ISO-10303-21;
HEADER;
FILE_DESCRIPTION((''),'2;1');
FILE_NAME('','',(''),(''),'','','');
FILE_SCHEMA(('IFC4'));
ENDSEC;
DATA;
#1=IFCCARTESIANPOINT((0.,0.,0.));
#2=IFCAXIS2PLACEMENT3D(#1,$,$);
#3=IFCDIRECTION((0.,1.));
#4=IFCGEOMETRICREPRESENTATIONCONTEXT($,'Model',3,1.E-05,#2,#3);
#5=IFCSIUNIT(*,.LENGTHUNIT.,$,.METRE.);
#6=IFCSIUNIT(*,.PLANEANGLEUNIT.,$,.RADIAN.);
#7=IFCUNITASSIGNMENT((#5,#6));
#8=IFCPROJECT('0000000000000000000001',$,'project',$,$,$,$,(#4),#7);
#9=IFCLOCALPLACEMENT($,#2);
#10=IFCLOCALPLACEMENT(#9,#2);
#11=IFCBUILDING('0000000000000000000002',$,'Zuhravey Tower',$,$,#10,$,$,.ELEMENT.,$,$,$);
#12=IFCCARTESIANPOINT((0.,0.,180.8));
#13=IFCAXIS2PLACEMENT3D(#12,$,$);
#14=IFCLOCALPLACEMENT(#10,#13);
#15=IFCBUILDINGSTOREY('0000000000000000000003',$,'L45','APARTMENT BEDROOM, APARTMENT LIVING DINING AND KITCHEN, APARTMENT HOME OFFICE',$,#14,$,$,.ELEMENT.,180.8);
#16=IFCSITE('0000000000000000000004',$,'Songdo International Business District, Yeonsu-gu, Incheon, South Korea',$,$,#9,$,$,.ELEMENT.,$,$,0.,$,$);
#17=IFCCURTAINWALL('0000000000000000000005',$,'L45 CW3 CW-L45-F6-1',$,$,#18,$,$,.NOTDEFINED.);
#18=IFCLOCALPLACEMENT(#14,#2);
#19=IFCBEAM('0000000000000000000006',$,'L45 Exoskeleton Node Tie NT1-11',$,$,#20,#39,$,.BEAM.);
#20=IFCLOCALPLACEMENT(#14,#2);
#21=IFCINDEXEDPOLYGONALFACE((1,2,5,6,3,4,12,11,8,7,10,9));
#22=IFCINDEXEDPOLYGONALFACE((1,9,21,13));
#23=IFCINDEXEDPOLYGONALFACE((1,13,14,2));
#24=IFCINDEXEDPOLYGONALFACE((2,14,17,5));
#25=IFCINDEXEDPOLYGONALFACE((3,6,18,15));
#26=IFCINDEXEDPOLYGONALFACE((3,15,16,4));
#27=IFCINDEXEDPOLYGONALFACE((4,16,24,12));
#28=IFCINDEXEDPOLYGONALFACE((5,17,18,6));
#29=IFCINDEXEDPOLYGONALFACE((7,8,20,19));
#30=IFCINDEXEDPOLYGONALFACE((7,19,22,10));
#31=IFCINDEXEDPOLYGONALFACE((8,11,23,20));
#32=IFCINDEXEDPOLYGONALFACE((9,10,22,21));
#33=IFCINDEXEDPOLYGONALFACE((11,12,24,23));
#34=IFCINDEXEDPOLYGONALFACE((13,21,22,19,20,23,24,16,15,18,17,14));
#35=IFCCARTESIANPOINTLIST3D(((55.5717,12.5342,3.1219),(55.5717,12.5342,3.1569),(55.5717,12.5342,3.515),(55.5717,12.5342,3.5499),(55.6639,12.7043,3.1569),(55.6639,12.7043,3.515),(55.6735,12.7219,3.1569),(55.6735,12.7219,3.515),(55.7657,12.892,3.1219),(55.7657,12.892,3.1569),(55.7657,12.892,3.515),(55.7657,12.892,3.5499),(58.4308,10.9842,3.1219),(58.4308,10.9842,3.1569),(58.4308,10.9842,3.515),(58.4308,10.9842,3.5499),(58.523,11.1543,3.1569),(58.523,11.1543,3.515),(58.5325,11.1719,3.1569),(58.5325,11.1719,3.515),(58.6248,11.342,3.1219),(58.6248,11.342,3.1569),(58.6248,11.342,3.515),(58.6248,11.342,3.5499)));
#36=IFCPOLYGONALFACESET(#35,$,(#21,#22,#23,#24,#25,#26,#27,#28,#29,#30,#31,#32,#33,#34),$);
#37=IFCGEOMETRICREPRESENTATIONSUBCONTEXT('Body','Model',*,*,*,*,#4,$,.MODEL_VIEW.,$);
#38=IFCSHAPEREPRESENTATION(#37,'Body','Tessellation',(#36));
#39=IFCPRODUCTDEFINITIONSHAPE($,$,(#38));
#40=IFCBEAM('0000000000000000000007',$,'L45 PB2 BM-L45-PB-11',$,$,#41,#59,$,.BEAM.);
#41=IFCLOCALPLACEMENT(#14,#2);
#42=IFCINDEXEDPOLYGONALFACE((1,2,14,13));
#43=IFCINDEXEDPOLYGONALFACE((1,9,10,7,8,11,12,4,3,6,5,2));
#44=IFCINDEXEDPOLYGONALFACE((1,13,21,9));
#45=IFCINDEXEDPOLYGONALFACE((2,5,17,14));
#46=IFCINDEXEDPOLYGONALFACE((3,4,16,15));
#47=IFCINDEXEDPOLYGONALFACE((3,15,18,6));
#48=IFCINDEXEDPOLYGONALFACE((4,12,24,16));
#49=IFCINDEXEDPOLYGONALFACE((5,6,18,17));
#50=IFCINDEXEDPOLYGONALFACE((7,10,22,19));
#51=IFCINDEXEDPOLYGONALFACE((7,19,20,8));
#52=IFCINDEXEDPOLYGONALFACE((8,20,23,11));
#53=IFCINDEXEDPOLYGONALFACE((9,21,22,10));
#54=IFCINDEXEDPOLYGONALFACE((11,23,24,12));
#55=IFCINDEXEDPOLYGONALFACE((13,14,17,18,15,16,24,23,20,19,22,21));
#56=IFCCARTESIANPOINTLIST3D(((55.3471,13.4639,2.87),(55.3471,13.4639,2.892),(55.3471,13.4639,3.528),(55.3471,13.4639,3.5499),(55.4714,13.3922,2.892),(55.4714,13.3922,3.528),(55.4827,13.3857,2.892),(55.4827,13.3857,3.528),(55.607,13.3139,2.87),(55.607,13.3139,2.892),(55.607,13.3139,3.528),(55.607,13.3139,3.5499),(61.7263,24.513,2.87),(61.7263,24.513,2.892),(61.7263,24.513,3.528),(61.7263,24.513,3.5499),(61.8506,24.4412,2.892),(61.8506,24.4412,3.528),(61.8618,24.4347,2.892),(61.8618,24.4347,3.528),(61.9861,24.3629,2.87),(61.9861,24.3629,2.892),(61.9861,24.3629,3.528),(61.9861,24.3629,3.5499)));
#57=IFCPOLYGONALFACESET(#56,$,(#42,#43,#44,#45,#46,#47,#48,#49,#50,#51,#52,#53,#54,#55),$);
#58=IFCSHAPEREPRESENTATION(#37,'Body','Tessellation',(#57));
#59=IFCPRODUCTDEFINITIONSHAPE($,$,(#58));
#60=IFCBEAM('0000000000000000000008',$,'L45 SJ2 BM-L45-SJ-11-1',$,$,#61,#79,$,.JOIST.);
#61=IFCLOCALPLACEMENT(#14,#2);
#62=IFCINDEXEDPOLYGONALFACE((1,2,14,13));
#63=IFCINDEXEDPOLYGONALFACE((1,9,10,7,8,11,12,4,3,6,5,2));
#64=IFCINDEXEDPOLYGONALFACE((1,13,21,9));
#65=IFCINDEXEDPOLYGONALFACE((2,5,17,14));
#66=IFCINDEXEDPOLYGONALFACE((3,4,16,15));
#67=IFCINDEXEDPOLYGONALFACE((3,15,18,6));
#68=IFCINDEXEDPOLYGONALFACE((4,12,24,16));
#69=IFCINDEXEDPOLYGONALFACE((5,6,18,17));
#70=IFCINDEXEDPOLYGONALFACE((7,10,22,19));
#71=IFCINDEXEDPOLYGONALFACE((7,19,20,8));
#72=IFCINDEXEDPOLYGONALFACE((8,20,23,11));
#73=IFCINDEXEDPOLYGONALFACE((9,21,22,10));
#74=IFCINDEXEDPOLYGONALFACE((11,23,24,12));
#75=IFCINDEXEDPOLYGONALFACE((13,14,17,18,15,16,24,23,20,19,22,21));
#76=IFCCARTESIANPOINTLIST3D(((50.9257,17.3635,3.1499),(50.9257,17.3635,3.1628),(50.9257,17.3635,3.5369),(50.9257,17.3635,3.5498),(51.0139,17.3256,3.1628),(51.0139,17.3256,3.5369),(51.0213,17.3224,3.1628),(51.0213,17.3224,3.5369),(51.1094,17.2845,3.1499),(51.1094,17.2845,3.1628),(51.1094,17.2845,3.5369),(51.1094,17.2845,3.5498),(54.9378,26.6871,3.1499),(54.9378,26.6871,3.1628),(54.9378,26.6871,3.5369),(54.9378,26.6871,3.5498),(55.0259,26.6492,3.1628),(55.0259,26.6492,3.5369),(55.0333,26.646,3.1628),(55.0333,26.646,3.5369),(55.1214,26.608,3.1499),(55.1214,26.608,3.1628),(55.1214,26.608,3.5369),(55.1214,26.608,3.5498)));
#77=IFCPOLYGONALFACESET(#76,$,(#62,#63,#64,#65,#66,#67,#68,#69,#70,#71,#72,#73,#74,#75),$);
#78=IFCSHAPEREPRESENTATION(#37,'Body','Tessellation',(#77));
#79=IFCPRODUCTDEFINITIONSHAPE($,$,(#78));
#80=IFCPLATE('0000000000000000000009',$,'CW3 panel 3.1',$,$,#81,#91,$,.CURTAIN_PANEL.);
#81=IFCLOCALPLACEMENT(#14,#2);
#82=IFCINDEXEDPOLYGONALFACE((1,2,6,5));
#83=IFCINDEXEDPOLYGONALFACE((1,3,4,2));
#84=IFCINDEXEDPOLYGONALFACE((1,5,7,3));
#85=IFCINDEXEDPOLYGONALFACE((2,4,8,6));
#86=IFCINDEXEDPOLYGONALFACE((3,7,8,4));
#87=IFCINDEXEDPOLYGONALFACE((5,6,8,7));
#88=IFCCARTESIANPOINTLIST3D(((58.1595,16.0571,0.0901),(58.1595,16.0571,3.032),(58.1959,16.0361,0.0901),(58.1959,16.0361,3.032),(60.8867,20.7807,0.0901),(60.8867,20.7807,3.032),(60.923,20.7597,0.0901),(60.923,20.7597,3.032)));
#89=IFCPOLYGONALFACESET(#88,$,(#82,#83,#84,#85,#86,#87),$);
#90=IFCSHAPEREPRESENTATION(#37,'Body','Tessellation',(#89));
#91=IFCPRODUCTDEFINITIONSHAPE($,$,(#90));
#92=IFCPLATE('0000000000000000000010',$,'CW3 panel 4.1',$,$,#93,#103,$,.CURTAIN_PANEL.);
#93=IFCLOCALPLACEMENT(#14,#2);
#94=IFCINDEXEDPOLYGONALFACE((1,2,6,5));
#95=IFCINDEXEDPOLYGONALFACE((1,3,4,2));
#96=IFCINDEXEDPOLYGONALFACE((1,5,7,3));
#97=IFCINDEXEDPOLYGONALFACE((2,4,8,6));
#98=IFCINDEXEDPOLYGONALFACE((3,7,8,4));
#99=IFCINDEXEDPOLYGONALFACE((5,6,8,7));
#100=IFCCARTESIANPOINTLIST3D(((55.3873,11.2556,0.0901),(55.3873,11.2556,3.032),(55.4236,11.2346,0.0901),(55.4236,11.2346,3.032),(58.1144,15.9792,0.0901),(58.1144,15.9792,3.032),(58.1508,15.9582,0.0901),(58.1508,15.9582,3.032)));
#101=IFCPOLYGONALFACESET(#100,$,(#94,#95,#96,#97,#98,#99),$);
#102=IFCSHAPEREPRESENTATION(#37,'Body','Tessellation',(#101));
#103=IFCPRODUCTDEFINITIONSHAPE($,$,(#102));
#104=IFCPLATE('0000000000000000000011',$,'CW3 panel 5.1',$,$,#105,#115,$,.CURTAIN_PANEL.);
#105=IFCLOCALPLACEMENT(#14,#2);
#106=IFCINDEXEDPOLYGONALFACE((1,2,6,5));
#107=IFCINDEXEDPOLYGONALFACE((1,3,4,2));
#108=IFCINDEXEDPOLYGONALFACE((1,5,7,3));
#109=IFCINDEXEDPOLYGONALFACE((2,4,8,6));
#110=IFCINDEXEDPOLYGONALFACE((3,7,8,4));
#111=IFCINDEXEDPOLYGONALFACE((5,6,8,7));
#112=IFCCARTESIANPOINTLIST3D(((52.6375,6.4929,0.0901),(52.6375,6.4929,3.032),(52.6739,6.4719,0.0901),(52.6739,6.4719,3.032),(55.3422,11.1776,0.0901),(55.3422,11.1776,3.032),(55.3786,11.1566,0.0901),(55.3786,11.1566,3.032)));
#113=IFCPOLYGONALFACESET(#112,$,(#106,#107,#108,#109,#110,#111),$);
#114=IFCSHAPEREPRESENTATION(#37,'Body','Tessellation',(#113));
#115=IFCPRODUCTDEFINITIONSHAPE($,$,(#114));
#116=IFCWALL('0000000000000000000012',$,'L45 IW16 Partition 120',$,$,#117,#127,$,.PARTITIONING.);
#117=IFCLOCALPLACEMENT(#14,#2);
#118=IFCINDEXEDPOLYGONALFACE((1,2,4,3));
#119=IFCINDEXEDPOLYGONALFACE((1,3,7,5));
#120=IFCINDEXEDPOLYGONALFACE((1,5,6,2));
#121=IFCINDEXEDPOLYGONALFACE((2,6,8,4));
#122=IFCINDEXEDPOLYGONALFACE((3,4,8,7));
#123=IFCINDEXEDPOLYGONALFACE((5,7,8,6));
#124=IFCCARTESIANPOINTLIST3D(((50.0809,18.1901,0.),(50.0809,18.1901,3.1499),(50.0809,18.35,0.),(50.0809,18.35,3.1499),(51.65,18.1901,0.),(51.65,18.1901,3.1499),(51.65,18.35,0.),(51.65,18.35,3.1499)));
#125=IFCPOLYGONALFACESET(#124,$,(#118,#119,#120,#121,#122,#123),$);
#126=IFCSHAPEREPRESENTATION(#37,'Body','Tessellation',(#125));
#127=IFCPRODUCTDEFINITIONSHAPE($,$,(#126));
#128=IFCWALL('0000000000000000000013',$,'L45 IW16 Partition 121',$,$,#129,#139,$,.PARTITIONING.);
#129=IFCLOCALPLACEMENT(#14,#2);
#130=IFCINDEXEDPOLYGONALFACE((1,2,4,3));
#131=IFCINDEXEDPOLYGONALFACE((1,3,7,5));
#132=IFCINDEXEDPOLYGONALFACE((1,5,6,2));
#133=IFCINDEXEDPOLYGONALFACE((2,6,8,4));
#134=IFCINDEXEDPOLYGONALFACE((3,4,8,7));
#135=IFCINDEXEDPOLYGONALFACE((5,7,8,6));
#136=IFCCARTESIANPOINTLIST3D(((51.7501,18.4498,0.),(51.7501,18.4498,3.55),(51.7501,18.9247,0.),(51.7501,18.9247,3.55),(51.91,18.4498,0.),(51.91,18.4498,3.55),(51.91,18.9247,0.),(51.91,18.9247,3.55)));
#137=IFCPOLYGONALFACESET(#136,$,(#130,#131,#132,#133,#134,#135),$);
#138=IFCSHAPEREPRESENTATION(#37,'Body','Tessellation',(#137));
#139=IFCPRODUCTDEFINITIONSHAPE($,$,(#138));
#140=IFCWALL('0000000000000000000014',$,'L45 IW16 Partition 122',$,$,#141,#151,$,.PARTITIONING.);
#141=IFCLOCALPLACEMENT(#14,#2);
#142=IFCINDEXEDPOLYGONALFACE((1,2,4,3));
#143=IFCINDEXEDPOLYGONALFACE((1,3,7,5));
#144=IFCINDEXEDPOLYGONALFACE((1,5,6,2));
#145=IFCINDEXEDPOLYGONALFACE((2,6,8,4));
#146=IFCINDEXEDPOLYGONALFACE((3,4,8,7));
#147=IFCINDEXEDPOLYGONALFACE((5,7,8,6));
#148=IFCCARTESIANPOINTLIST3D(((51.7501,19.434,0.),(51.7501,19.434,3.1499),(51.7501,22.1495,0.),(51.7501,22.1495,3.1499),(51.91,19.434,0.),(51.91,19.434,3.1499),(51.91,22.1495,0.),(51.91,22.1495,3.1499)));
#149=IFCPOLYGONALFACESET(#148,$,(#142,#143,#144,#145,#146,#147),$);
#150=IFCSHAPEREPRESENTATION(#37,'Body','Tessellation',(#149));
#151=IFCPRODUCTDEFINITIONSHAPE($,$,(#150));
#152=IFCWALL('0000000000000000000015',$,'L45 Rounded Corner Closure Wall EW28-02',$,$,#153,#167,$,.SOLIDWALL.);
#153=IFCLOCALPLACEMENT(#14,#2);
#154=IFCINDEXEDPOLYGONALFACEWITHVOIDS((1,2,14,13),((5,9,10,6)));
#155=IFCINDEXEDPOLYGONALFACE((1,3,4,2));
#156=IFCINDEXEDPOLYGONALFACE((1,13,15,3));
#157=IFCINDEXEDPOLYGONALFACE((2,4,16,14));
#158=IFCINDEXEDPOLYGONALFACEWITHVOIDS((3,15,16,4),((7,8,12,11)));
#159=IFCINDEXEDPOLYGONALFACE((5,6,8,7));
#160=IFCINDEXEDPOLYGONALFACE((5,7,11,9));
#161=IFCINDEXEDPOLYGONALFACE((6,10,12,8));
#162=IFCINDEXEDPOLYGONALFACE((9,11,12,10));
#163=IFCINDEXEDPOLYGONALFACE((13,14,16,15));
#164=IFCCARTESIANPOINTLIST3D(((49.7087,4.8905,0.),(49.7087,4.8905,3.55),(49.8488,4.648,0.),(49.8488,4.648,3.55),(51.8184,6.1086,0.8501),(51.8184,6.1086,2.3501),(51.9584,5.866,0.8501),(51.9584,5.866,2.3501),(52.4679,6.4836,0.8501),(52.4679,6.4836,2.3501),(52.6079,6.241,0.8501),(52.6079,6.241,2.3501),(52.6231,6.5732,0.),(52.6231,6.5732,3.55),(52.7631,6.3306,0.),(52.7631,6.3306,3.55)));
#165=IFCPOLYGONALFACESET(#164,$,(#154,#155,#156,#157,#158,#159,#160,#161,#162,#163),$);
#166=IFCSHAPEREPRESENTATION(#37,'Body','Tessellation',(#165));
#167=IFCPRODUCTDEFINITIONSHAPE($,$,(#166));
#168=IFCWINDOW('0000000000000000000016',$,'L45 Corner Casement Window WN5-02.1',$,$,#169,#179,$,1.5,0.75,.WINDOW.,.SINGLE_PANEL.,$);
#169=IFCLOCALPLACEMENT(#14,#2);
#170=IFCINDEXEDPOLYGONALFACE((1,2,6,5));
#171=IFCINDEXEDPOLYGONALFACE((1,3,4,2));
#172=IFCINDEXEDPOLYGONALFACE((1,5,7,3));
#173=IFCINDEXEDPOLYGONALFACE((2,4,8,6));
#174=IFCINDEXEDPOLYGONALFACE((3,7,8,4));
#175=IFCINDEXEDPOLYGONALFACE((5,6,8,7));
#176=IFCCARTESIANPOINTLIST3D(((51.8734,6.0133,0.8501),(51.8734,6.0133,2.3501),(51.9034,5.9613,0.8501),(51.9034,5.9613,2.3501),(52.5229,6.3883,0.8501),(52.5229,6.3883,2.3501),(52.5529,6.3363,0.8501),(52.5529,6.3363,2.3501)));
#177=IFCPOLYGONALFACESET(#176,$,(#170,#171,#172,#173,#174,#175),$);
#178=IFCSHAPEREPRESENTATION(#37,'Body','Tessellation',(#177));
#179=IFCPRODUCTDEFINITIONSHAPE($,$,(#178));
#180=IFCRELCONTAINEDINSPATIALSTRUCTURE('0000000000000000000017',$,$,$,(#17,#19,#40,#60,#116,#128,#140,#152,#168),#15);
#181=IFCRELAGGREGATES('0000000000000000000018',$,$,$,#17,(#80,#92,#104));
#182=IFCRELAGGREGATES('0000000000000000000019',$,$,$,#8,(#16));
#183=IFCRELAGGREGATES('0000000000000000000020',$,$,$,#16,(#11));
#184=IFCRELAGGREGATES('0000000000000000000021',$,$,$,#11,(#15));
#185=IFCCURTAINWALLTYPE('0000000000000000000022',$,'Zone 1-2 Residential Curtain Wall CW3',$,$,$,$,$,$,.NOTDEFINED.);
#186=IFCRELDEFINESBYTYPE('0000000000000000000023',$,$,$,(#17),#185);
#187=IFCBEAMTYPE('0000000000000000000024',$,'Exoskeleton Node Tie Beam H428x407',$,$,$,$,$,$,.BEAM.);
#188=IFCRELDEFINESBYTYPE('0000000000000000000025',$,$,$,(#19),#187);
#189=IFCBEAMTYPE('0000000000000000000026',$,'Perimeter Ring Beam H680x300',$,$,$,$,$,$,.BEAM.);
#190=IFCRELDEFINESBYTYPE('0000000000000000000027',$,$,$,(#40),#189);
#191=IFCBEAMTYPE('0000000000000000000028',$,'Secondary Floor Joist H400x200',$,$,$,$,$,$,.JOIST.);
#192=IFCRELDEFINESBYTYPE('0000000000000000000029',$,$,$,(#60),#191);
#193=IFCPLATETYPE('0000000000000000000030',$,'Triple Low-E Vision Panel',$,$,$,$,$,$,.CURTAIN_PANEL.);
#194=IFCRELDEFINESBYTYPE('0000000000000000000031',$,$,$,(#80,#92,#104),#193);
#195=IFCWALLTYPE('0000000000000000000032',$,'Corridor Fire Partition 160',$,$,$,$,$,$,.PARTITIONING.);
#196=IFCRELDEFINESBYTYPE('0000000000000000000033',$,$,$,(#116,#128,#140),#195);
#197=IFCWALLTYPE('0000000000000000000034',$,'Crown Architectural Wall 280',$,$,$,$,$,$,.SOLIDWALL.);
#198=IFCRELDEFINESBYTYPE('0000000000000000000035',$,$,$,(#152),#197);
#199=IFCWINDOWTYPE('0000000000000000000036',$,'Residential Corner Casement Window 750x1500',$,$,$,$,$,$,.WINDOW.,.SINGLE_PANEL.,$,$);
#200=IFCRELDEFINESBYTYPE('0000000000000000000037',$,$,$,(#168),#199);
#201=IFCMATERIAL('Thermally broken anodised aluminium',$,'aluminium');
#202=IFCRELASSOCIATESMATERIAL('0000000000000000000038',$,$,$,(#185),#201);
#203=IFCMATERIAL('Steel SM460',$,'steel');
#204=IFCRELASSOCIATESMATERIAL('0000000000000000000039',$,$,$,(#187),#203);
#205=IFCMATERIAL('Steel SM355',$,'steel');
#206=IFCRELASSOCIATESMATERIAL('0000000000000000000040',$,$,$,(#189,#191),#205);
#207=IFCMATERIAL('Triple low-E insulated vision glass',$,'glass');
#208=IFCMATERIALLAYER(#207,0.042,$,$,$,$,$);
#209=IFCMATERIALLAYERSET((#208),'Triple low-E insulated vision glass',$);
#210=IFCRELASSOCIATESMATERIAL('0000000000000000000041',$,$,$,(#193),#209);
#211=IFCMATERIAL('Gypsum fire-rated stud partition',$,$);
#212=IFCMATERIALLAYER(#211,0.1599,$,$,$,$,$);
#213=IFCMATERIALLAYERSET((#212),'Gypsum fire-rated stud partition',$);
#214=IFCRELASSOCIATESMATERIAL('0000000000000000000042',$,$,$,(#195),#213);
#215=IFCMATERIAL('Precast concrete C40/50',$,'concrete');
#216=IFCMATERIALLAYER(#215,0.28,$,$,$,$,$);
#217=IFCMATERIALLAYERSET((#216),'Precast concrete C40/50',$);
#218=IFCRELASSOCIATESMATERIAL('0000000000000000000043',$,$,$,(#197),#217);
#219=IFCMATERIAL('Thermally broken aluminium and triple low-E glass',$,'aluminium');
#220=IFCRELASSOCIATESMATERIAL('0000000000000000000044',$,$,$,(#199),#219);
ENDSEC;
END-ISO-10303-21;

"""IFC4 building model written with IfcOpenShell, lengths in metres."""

from ifc_helpers import new_model, si_unit, direction, frame, frame_2d, origin, origin_2d, place, context, subcontext, project, spatial, rectangle, i_section, extrude, material, layer, layer_set, material_profile, profile_set, type_object, element, fill, aggregate, save


model = new_model("IFC4")

# Units and contexts
model_context = context("Model", 3, precision=1e-05, world=origin(), true_north=direction((0.0, 1.0)))
body_context = subcontext(model_context, "Body", "Model", "MODEL_VIEW")
ifc_project = project(units=[si_unit("LENGTHUNIT", "METRE"), si_unit("PLANEANGLEUNIT", "RADIAN")], contexts=[model_context])

# Site, building, storey
site_placement = place(None, origin())
site = spatial("IfcSite", under=ifc_project, at=site_placement, Name="Songdo International Business District, Yeonsu-gu, Incheon, South Korea", CompositionType="ELEMENT", RefElevation=0.0)
building_placement = place(site_placement, origin())
building = spatial("IfcBuilding", under=site, at=building_placement, Name="Zuhravey Tower", CompositionType="ELEMENT")
storey_placement = place(building_placement, frame((0.0, 0.0, 180.8)))
storey = spatial("IfcBuildingStorey", under=building, at=storey_placement, Name="L45", Description="APARTMENT BEDROOM, APARTMENT LIVING DINING AND KITCHEN, APARTMENT HOME OFFICE", CompositionType="ELEMENT", Elevation=180.8)

# Curtain wall
ifc_material_1 = material(Name="Thermally broken anodised aluminium", Category="aluminium")
curtain_wall_type = type_object("IfcCurtainWallType", Name="Zone 1-2 Residential Curtain Wall CW3", PredefinedType="NOTDEFINED", material=ifc_material_1)
curtain_wall_1_placement = place(storey_placement, origin())
curtain_wall_1 = element("IfcCurtainWall", 1, at=curtain_wall_1_placement, inside=storey, type_object=curtain_wall_type, Name="L45 CW3 CW-L45-F6-1", PredefinedType="NOTDEFINED")

# Beams
ifc_material_2 = material(Name="Steel SM460", Category="steel")
ifc_material_profile_1 = material_profile(ifc_material_2, i_section(OverallWidth=0.407, OverallDepth=0.428, WebThickness=0.02, FlangeThickness=0.0349, at=origin_2d()), Name="H-428x407x20x35")
ifc_profile_set_1 = profile_set([ifc_material_profile_1], Name="Steel SM460")
beam_type_1 = type_object("IfcBeamType", Name="Exoskeleton Node Tie Beam H428x407", PredefinedType="BEAM", material=ifc_profile_set_1)
beam_1_placement = place(storey_placement, frame((55.6687, 12.7131, 3.3359), z_axis=(0.879118, -0.476605, 0.0), x_axis=(0.476605, 0.879118, 0.0)))
element("IfcBeam", 2, at=beam_1_placement, inside=storey, type_object=beam_type_1, Name="L45 Exoskeleton Node Tie NT1-11", PredefinedType="BEAM", context=body_context, shape_type="SweptSolid", body=[
    extrude(i_section(OverallWidth=0.407, OverallDepth=0.428, WebThickness=0.02, FlangeThickness=0.0349, at=origin_2d()), origin(), (0.0, 0.0, 1.0), 3.2522),
])
ifc_material_3 = material(Name="Steel SM355", Category="steel")
ifc_material_profile_2 = material_profile(ifc_material_3, i_section(OverallWidth=0.3, OverallDepth=0.6799, WebThickness=0.0129, FlangeThickness=0.022, at=origin_2d()), Name="H-680x300x13x22")
ifc_profile_set_2 = profile_set([ifc_material_profile_2], Name="Steel SM355")
beam_type_2 = type_object("IfcBeamType", Name="Perimeter Ring Beam H680x300", PredefinedType="BEAM", material=ifc_profile_set_2)
beam_2_placement = place(storey_placement, frame((55.4771, 13.3889, 3.21), z_axis=(0.499998, 0.866027, 0.0), x_axis=(-0.866027, 0.499998, 0.0)))
element("IfcBeam", 3, at=beam_2_placement, inside=storey, type_object=beam_type_2, Name="L45 PB2 BM-L45-PB-11", PredefinedType="BEAM", context=body_context, shape_type="SweptSolid", body=[
    extrude(i_section(OverallWidth=0.3, OverallDepth=0.6799, WebThickness=0.0129, FlangeThickness=0.022, at=origin_2d()), origin(), (0.0, 0.0, 1.0), 12.7583),
])
ifc_material_profile_3 = material_profile(ifc_material_3, i_section(OverallWidth=0.2, OverallDepth=0.3999, WebThickness=0.0081, FlangeThickness=0.0129, at=origin_2d()), Name="H-400x200x8x13")
ifc_profile_set_3 = profile_set([ifc_material_profile_3], Name="Steel SM355")
beam_type_3 = type_object("IfcBeamType", Name="Secondary Floor Joist H400x200", PredefinedType="JOIST", material=ifc_profile_set_3)
beam_3_placement = place(storey_placement, frame((51.0176, 17.324, 3.3499), z_axis=(0.395266, 0.918567, 0.0), x_axis=(-0.918567, 0.395266, 0.0)))
element("IfcBeam", 4, at=beam_3_placement, inside=storey, type_object=beam_type_3, Name="L45 SJ2 BM-L45-SJ-11-1", PredefinedType="JOIST", context=body_context, shape_type="SweptSolid", body=[
    extrude(i_section(OverallWidth=0.2, OverallDepth=0.3999, WebThickness=0.0081, FlangeThickness=0.0129, at=origin_2d()), origin(), (0.0, 0.0, 1.0), 10.1501),
])

# Plates
ifc_material_4 = material(Name="Triple low-E insulated vision glass", Category="glass")
ifc_layer_1 = layer(ifc_material_4, 0.042)
ifc_layer_set_1 = layer_set([ifc_layer_1], Name="Triple low-E insulated vision glass")
plate_type = type_object("IfcPlateType", Name="Triple Low-E Vision Panel", PredefinedType="CURTAIN_PANEL", material=ifc_layer_set_1)
plate_1_placement = place(storey_placement, frame((59.5413, 18.4084, 0.0901), z_axis=(0.0, 0.0, 1.0), x_axis=(-0.5, -0.866025, 0.0)))
plate_1 = element("IfcPlate", 5, at=plate_1_placement, type_object=plate_type, Name="CW3 panel 3.1", PredefinedType="CURTAIN_PANEL", context=body_context, shape_type="SweptSolid", body=[
    extrude(rectangle(XDim=5.4543, YDim=0.042, at=origin_2d()), origin(), (0.0, 0.0, 1.0), 2.9419),
])
plate_2_placement = place(storey_placement, frame((56.769, 13.6069, 0.0901), z_axis=(0.0, 0.0, 1.0), x_axis=(-0.5, -0.866025, 0.0)))
plate_2 = element("IfcPlate", 6, at=plate_2_placement, type_object=plate_type, Name="CW3 panel 4.1", PredefinedType="CURTAIN_PANEL", context=body_context, shape_type="SweptSolid", body=[
    extrude(rectangle(XDim=5.4543, YDim=0.042, at=origin_2d()), origin(), (0.0, 0.0, 1.0), 2.9419),
])
plate_3_placement = place(storey_placement, frame((54.0081, 8.8247, 0.0901), z_axis=(0.0, 0.0, 1.0), x_axis=(-0.5, -0.866025, 0.0)))
plate_3 = element("IfcPlate", 7, at=plate_3_placement, type_object=plate_type, Name="CW3 panel 5.1", PredefinedType="CURTAIN_PANEL", context=body_context, shape_type="SweptSolid", body=[
    extrude(rectangle(XDim=5.4094, YDim=0.042, at=origin_2d()), origin(), (0.0, 0.0, 1.0), 2.9419),
])
aggregate(curtain_wall_1, [plate_1, plate_2, plate_3])

# Walls
ifc_material_5 = material(Name="Gypsum fire-rated stud partition")
ifc_layer_2 = layer(ifc_material_5, 0.1599)
ifc_layer_set_2 = layer_set([ifc_layer_2], Name="Gypsum fire-rated stud partition")
wall_type_1 = type_object("IfcWallType", Name="Corridor Fire Partition 160", PredefinedType="PARTITIONING", material=ifc_layer_set_2)
wall_1_placement = place(storey_placement, frame((50.0808, 18.27, 0.0), z_axis=(0.0, 0.0, 1.0), x_axis=(1.0, 0.0, 0.0)))
element("IfcWall", 8, at=wall_1_placement, inside=storey, type_object=wall_type_1, Name="L45 IW16 Partition 120", PredefinedType="PARTITIONING", context=body_context, shape_type="SweptSolid", body=[
    extrude(rectangle(XDim=1.5691, YDim=0.1599, at=frame_2d((0.7847, 0.0))), origin(), (0.0, 0.0, 1.0), 3.1499),
])
wall_2_placement = place(storey_placement, frame((51.8301, 18.45, 0.0), z_axis=(0.0, 0.0, 1.0), x_axis=(0.0, 1.0, 0.0)))
element("IfcWall", 9, at=wall_2_placement, inside=storey, type_object=wall_type_1, Name="L45 IW16 Partition 121", PredefinedType="PARTITIONING", context=body_context, shape_type="SweptSolid", body=[
    extrude(rectangle(XDim=0.4749, YDim=0.1599, at=frame_2d((0.2373, 0.0))), origin(), (0.0, 0.0, 1.0), 3.55),
])
wall_3_placement = place(storey_placement, frame((51.8301, 19.4338, 0.0), z_axis=(0.0, 0.0, 1.0), x_axis=(0.0, 1.0, 0.0)))
element("IfcWall", 10, at=wall_3_placement, inside=storey, type_object=wall_type_1, Name="L45 IW16 Partition 122", PredefinedType="PARTITIONING", context=body_context, shape_type="SweptSolid", body=[
    extrude(rectangle(XDim=2.7156, YDim=0.1599, at=frame_2d((1.3579, 0.0))), origin(), (0.0, 0.0, 1.0), 3.1499),
])

# Wall, opening, window
ifc_material_6 = material(Name="Precast concrete C40/50", Category="concrete")
ifc_layer_3 = layer(ifc_material_6, 0.28)
ifc_layer_set_3 = layer_set([ifc_layer_3], Name="Precast concrete C40/50")
wall_type_2 = type_object("IfcWallType", Name="Crown Architectural Wall 280", PredefinedType="SOLIDWALL", material=ifc_layer_set_3)
wall_4_placement = place(storey_placement, frame((52.6931, 6.4519, 0.0), z_axis=(0.0, 0.0, 1.0), x_axis=(-0.86602, -0.500009, 0.0)))
wall_4 = element("IfcWall", 11, at=wall_4_placement, inside=storey, type_object=wall_type_2, Name="L45 Rounded Corner Closure Wall EW28-02", PredefinedType="SOLIDWALL", context=body_context, shape_type="SweptSolid", body=[
    extrude(rectangle(XDim=3.3652, YDim=0.28, at=frame_2d((1.6826, 0.0))), origin(), (0.0, 0.0, 1.0), 3.55),
])
opening_placement = place(wall_4_placement, frame((0.1792, 0.0, 0.8501)))
opening = element("IfcOpeningElement", 12, at=opening_placement, cuts=wall_4, PredefinedType="OPENING", context=body_context, shape_type="SweptSolid", body=[
    extrude(rectangle(XDim=0.75, YDim=1.5, at=frame_2d((0.375, 0.75))), frame((0.0, 0.1521, 0.0), z_axis=(0.0, -1.0, 0.0), x_axis=(1.0, 0.0, 0.0)), (0.0, 0.0, 1.0), 0.304),
])
ifc_material_7 = material(Name="Thermally broken aluminium and triple low-E glass", Category="aluminium")
window_type = type_object("IfcWindowType", Name="Residential Corner Casement Window 750x1500", PartitioningType="SINGLE_PANEL", PredefinedType="WINDOW", material=ifc_material_7)
window_placement = place(opening_placement, origin())
window = element("IfcWindow", 13, at=window_placement, inside=storey, type_object=window_type, Name="L45 Corner Casement Window WN5-02.1", OverallHeight=1.5, OverallWidth=0.75, PartitioningType="SINGLE_PANEL", PredefinedType="WINDOW", context=body_context, shape_type="SweptSolid", body=[
    extrude(rectangle(XDim=0.75, YDim=1.5, at=frame_2d((0.375, 0.75))), frame((0.0, 0.03, 0.0), z_axis=(0.0, -1.0, 0.0), x_axis=(1.0, 0.0, 0.0)), (0.0, 0.0, 1.0), 0.0601),
])
fill(opening, window)

save(model, "model.ifc")
